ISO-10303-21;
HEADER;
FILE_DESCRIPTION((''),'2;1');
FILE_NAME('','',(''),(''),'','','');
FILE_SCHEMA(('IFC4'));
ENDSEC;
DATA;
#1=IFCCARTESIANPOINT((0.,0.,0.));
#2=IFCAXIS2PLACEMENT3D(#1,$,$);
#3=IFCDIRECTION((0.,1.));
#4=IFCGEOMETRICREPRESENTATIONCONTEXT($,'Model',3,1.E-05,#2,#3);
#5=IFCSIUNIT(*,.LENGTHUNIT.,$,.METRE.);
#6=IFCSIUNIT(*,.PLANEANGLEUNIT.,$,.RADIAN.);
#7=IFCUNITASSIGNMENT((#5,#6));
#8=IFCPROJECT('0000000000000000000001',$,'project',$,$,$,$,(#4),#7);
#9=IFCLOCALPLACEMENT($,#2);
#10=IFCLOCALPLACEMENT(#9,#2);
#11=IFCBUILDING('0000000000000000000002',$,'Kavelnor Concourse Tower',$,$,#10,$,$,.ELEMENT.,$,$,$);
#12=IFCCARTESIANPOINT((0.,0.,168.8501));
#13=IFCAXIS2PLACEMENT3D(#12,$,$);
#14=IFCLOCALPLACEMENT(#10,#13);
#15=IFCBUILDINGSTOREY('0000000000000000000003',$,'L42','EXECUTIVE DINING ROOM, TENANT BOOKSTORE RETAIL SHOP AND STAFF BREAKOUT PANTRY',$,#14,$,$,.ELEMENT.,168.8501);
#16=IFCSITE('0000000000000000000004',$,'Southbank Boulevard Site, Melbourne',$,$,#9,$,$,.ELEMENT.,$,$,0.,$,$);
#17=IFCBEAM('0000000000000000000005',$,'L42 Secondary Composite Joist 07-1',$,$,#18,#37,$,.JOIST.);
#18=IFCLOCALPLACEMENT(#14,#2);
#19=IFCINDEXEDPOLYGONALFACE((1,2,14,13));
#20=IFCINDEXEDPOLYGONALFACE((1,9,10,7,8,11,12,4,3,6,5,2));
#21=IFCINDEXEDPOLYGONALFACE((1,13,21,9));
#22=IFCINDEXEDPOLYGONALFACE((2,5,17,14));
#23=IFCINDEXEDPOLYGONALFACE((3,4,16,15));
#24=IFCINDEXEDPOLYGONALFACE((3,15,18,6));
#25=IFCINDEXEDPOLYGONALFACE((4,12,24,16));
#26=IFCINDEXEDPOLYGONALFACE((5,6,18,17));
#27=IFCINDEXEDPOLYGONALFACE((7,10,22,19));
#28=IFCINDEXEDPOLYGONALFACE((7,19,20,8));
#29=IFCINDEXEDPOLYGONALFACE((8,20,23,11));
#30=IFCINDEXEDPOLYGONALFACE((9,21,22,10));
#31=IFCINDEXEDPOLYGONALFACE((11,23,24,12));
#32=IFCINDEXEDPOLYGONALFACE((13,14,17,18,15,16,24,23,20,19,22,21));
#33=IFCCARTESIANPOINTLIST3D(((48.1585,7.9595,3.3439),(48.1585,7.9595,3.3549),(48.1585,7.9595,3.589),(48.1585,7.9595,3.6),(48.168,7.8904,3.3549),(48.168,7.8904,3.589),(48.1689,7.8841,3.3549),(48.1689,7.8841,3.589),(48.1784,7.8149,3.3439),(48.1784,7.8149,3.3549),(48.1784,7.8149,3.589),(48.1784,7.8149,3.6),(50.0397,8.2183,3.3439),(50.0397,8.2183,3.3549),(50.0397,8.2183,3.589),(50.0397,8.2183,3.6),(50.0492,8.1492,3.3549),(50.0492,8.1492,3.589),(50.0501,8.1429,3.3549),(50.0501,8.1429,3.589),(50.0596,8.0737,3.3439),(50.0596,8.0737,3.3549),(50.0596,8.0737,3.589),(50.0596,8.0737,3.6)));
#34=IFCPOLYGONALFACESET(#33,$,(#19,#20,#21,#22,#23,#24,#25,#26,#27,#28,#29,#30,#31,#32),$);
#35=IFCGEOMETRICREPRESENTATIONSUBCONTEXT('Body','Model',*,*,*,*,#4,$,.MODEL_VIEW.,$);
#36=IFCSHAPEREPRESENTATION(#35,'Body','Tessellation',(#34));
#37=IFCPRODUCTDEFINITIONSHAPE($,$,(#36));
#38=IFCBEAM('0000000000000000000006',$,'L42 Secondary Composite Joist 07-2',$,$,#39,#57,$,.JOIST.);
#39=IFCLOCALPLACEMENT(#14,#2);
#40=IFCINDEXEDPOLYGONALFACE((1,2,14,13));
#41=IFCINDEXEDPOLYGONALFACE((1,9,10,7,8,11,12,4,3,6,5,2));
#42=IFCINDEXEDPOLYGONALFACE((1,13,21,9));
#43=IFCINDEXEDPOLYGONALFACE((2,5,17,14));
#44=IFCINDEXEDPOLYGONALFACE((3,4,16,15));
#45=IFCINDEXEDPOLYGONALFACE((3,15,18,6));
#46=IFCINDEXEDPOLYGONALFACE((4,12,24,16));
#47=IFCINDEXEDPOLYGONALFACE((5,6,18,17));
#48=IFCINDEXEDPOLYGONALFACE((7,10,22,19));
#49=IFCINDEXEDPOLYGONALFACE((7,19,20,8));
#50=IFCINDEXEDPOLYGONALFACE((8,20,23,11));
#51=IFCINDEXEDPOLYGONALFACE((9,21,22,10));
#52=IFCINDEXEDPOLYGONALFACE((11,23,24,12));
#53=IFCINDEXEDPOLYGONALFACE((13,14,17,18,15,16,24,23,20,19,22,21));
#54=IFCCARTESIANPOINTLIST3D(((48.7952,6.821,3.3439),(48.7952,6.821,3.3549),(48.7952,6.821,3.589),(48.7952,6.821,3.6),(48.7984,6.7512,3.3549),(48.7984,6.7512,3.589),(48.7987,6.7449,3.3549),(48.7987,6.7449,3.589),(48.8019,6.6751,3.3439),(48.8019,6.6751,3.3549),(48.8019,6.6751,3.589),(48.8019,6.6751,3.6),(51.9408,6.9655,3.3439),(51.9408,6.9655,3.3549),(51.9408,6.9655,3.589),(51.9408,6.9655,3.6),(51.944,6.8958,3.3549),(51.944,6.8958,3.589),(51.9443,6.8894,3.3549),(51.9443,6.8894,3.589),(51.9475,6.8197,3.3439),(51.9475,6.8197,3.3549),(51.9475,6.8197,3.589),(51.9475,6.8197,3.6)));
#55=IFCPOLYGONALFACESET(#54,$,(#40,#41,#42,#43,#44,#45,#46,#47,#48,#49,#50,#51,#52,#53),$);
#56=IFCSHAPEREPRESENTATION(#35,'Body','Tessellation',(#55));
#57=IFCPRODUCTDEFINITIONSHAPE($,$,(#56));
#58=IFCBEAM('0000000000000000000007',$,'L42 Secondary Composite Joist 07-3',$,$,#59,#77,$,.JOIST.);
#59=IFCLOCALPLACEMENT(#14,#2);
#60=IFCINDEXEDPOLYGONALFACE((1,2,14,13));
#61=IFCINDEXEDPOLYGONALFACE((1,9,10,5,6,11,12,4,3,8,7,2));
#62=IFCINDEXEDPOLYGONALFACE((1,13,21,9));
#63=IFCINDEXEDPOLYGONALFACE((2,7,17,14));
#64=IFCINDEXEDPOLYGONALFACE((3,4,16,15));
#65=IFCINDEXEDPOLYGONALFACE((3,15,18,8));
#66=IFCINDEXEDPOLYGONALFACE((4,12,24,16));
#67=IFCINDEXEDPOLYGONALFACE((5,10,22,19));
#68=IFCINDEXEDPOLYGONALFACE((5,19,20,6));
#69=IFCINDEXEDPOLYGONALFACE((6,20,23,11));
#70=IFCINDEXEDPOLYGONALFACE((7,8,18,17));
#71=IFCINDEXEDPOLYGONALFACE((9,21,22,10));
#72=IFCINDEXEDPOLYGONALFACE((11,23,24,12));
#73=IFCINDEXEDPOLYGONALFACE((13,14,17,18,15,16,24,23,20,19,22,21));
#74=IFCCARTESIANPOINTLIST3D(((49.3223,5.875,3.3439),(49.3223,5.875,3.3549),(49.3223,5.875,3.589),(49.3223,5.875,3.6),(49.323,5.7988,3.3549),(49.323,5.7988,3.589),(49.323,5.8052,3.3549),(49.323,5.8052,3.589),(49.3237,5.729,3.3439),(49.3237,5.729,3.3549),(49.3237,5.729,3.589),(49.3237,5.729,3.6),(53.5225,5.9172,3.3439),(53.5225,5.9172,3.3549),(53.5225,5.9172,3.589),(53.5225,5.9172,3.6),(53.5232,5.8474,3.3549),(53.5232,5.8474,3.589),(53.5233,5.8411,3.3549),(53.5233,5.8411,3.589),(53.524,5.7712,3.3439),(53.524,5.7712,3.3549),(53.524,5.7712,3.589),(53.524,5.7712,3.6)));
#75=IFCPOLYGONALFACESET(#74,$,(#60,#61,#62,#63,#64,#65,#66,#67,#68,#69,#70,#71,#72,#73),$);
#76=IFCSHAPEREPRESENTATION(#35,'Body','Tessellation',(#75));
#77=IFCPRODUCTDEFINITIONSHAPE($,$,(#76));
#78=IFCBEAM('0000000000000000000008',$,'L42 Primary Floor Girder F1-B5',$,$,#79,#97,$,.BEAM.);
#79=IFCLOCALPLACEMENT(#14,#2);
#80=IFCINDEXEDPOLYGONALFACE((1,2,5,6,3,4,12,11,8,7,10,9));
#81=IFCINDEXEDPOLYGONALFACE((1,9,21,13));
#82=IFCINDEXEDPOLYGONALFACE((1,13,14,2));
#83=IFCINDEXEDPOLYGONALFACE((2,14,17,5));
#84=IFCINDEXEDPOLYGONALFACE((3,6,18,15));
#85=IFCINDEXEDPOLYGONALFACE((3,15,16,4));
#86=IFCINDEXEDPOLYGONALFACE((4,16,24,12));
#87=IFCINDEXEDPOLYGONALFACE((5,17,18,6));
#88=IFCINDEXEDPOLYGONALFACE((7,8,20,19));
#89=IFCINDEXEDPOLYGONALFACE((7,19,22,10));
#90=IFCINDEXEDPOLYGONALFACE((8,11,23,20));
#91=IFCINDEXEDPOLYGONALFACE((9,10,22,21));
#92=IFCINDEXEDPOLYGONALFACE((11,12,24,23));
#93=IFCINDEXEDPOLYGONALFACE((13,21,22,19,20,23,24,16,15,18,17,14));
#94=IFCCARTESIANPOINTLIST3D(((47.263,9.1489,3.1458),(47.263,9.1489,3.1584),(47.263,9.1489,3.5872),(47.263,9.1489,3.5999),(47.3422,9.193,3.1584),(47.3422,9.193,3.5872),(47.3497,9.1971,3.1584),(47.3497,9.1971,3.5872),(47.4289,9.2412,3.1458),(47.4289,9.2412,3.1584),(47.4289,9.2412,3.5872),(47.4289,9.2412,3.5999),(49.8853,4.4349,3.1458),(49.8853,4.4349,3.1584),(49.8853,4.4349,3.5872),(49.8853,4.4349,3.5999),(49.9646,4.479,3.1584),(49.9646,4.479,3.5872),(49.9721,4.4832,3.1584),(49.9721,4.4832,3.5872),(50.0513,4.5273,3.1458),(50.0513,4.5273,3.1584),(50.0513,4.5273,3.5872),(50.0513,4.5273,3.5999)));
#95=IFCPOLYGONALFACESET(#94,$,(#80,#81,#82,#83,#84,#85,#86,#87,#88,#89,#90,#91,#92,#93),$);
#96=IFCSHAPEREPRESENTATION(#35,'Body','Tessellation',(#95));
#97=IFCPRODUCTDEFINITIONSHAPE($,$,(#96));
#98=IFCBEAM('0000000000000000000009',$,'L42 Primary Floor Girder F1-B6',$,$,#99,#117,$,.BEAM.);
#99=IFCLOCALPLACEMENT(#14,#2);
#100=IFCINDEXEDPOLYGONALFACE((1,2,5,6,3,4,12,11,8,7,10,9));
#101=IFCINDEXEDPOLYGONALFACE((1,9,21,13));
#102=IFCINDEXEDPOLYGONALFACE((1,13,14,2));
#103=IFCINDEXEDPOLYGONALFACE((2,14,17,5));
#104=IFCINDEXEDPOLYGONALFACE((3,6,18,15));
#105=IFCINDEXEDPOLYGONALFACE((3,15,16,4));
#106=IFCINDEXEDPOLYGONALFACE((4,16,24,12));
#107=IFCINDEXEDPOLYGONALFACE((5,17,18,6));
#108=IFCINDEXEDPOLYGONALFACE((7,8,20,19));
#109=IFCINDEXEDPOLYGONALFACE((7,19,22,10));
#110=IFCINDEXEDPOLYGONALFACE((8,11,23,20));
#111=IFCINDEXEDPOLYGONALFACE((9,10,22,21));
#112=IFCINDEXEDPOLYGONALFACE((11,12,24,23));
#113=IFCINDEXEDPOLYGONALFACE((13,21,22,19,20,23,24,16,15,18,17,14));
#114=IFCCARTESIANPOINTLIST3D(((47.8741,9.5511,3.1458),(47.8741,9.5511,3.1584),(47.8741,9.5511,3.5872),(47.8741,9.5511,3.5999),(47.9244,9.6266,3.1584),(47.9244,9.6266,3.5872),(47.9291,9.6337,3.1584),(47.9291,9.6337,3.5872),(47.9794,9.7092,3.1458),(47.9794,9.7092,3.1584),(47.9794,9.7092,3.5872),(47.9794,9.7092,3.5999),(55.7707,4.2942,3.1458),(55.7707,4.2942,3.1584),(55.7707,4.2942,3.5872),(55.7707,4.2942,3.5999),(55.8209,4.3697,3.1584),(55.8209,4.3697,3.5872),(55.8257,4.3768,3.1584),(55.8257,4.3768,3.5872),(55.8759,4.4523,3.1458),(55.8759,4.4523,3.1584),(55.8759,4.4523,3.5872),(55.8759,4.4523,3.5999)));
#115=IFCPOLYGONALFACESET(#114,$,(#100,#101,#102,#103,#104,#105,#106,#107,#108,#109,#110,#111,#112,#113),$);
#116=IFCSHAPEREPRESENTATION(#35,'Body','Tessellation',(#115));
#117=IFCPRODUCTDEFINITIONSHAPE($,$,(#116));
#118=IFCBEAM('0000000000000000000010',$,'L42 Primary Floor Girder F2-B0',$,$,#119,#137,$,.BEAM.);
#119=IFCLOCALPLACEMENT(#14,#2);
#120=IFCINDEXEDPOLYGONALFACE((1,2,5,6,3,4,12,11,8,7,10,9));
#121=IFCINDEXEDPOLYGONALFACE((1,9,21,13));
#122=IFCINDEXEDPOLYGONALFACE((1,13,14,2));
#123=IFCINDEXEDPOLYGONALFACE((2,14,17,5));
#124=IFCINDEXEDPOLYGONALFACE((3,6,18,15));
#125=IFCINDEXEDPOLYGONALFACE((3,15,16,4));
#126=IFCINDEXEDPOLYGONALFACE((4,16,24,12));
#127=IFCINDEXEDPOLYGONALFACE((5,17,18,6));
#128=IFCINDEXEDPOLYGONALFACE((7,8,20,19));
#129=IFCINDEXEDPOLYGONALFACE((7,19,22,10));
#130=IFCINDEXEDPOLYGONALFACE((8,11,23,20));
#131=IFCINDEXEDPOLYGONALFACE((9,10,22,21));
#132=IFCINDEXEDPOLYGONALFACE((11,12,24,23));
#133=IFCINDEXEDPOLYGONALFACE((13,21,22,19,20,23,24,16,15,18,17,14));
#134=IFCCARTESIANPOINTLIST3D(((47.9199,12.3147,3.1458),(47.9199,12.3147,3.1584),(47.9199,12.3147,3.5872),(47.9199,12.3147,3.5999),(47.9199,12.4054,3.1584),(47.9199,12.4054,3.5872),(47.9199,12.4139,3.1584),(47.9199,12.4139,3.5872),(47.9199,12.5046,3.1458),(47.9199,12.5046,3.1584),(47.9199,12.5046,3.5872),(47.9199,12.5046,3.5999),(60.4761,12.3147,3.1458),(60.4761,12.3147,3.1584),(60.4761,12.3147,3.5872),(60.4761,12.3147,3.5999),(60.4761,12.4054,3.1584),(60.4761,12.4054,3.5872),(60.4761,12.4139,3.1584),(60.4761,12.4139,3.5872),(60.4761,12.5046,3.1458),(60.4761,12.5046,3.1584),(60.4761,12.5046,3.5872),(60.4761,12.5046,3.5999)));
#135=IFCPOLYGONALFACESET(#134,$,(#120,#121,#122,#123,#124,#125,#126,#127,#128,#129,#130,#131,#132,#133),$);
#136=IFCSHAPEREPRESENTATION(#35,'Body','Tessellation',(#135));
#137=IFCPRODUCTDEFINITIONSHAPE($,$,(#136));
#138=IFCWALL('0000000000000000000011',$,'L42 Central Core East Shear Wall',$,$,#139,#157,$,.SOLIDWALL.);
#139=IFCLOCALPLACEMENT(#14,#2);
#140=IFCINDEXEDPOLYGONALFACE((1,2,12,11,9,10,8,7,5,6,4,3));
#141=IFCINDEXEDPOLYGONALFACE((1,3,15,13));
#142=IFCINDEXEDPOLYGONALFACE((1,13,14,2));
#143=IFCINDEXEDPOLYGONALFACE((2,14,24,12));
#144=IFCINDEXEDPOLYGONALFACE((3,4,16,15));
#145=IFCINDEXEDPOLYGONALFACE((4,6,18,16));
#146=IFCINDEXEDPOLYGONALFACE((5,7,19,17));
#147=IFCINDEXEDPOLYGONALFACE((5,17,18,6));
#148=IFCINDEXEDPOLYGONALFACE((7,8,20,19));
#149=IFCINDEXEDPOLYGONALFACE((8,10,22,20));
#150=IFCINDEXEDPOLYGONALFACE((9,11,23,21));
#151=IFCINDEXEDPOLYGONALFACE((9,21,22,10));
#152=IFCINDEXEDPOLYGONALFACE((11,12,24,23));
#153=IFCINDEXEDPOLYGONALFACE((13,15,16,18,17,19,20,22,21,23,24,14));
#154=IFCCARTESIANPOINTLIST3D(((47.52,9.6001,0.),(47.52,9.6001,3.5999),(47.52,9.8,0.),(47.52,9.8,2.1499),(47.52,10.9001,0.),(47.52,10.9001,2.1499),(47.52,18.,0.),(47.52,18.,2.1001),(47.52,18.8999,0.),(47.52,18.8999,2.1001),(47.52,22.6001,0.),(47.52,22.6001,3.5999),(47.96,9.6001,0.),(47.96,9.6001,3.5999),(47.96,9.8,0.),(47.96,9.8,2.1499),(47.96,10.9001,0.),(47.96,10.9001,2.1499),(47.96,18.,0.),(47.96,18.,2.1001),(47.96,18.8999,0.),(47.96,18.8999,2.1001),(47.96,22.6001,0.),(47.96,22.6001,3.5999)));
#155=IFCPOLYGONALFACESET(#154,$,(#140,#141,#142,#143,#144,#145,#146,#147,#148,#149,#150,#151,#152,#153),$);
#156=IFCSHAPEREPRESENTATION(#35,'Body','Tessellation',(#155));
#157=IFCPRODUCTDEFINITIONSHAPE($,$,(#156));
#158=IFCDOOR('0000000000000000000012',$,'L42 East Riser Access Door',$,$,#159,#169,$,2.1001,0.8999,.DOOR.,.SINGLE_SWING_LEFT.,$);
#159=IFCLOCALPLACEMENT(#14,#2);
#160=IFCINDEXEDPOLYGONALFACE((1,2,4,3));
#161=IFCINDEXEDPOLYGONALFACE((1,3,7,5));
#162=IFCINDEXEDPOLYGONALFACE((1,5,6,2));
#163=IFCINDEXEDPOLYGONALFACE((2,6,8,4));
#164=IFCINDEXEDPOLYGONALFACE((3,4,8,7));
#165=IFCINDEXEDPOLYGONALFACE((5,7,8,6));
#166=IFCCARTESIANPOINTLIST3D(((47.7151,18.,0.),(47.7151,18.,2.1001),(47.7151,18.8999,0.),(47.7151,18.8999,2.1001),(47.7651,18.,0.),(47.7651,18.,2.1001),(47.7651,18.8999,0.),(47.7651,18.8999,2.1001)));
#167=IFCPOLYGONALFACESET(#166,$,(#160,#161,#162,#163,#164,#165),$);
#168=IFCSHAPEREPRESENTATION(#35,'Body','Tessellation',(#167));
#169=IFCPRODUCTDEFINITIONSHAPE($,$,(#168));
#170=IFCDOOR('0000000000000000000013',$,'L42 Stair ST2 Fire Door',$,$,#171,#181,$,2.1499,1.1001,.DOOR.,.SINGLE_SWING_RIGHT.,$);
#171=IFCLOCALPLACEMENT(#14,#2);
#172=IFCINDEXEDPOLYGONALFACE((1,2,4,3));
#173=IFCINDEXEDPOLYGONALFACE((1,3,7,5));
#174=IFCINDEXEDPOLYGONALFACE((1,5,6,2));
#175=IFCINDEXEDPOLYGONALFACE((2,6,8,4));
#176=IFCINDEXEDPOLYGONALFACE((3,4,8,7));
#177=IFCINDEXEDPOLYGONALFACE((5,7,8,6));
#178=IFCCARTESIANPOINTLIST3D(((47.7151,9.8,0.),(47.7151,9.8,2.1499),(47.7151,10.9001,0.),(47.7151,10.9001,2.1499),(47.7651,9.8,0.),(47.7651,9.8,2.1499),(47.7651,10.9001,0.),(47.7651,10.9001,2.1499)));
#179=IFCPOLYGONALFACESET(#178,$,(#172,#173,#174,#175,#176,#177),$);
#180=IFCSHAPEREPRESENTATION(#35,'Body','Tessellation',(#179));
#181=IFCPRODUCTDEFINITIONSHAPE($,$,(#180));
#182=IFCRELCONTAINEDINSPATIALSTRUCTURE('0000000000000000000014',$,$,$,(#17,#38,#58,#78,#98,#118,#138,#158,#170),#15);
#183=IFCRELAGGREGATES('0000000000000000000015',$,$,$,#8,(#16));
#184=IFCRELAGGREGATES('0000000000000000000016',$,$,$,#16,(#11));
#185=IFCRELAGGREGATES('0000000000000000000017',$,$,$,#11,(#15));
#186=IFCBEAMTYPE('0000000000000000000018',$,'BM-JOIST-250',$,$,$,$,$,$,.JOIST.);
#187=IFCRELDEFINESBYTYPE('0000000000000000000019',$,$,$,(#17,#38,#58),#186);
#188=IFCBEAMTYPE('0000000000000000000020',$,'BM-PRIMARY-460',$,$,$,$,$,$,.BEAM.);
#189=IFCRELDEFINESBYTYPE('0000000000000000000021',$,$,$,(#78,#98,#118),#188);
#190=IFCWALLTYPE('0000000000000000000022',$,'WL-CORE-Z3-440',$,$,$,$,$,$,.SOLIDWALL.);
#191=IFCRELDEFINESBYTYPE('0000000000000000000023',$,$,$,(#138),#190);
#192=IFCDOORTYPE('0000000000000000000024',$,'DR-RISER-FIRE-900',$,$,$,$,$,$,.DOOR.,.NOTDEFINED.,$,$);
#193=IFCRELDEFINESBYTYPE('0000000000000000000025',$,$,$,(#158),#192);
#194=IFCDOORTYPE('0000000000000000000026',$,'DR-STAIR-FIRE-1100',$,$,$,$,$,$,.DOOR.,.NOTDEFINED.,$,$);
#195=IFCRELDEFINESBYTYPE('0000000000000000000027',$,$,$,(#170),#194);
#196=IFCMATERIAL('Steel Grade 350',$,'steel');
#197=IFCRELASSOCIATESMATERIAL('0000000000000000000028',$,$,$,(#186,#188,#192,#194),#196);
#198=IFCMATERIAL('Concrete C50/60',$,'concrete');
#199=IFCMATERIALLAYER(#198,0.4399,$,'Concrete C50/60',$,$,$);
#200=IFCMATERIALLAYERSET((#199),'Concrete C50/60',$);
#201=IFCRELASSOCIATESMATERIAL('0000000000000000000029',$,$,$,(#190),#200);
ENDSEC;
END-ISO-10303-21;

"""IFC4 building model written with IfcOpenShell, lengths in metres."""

from ifc_helpers import new_model, si_unit, direction, frame, frame_2d, origin, origin_2d, place, context, subcontext, project, spatial, rectangle, i_section, extrude, material, layer, layer_set, material_profile, profile_set, type_object, element, fill, save


model = new_model("IFC4")

# Units and contexts
model_context = context("Model", 3, precision=1e-05, world=origin(), true_north=direction((0.0, 1.0)))
body_context = subcontext(model_context, "Body", "Model", "MODEL_VIEW")
ifc_project = project(units=[si_unit("LENGTHUNIT", "METRE"), si_unit("PLANEANGLEUNIT", "RADIAN")], contexts=[model_context])

# Site, building, storey
site_placement = place(None, origin())
site = spatial("IfcSite", under=ifc_project, at=site_placement, Name="Southbank Boulevard Site, Melbourne", CompositionType="ELEMENT", RefElevation=0.0)
building_placement = place(site_placement, origin())
building = spatial("IfcBuilding", under=site, at=building_placement, Name="Kavelnor Concourse Tower", CompositionType="ELEMENT")
storey_placement = place(building_placement, frame((0.0, 0.0, 168.8501)))
storey = spatial("IfcBuildingStorey", under=building, at=storey_placement, Name="L42", Description="EXECUTIVE DINING ROOM, TENANT BOOKSTORE RETAIL SHOP AND STAFF BREAKOUT PANTRY", CompositionType="ELEMENT", Elevation=168.8501)

# Beams
ifc_material_1 = material(Name="Steel Grade 350", Category="steel")
ifc_material_profile_1 = material_profile(ifc_material_1, i_section(OverallWidth=0.146, OverallDepth=0.2561, WebThickness=0.0063, FlangeThickness=0.011, at=origin_2d()), Name="250UB37")
ifc_profile_set_1 = profile_set([ifc_material_profile_1], Name="Steel Grade 350")
beam_type_1 = type_object("IfcBeamType", Name="BM-JOIST-250", PredefinedType="JOIST", material=ifc_profile_set_1)
beam_1_placement = place(storey_placement, frame((48.1685, 7.8872, 3.4719), z_axis=(0.990669, 0.136289, 0.0), x_axis=(-0.136289, 0.990669, 0.0)))
element("IfcBeam", 1, at=beam_1_placement, inside=storey, type_object=beam_type_1, Name="L42 Secondary Composite Joist 07-1", PredefinedType="JOIST", context=body_context, shape_type="SweptSolid", body=[
    extrude(i_section(OverallWidth=0.146, OverallDepth=0.2561, WebThickness=0.0063, FlangeThickness=0.011, at=origin_2d()), origin(), (0.0, 0.0, 1.0), 1.8989),
])
beam_2_placement = place(storey_placement, frame((48.7986, 6.748, 3.4719), z_axis=(0.998946, 0.0459, 0.0), x_axis=(-0.0459, 0.998946, 0.0)))
element("IfcBeam", 2, at=beam_2_placement, inside=storey, type_object=beam_type_1, Name="L42 Secondary Composite Joist 07-2", PredefinedType="JOIST", context=body_context, shape_type="SweptSolid", body=[
    extrude(i_section(OverallWidth=0.146, OverallDepth=0.2561, WebThickness=0.0063, FlangeThickness=0.011, at=origin_2d()), origin(), (0.0, 0.0, 1.0), 3.1489),
])
beam_3_placement = place(storey_placement, frame((49.323, 5.802, 3.4719), z_axis=(0.999949, 0.010055, 0.0), x_axis=(-0.010055, 0.999949, 0.0)))
element("IfcBeam", 3, at=beam_3_placement, inside=storey, type_object=beam_type_1, Name="L42 Secondary Composite Joist 07-3", PredefinedType="JOIST", context=body_context, shape_type="SweptSolid", body=[
    extrude(i_section(OverallWidth=0.146, OverallDepth=0.2561, WebThickness=0.0063, FlangeThickness=0.011, at=origin_2d()), origin(), (0.0, 0.0, 1.0), 4.2004),
])
ifc_material_profile_2 = material_profile(ifc_material_1, i_section(OverallWidth=0.1899, OverallDepth=0.4541, WebThickness=0.0085, FlangeThickness=0.0127, at=origin_2d()), Name="460UB67")
ifc_profile_set_2 = profile_set([ifc_material_profile_2], Name="Steel Grade 350")
beam_type_2 = type_object("IfcBeamType", Name="BM-PRIMARY-460", PredefinedType="BEAM", material=ifc_profile_set_2)
beam_4_placement = place(storey_placement, frame((47.3459, 9.1951, 3.3728), z_axis=(0.486139, -0.873882, 0.0), x_axis=(0.873882, 0.486139, 0.0)))
element("IfcBeam", 4, at=beam_4_placement, inside=storey, type_object=beam_type_2, Name="L42 Primary Floor Girder F1-B5", PredefinedType="BEAM", context=body_context, shape_type="SweptSolid", body=[
    extrude(i_section(OverallWidth=0.1899, OverallDepth=0.4541, WebThickness=0.0085, FlangeThickness=0.0127, at=origin_2d()), origin(), (0.0, 0.0, 1.0), 5.3943),
])
beam_5_placement = place(storey_placement, frame((47.9268, 9.6301, 3.3728), z_axis=(0.832414, -0.554154, 0.0), x_axis=(0.554154, 0.832414, 0.0)))
element("IfcBeam", 5, at=beam_5_placement, inside=storey, type_object=beam_type_2, Name="L42 Primary Floor Girder F1-B6", PredefinedType="BEAM", context=body_context, shape_type="SweptSolid", body=[
    extrude(i_section(OverallWidth=0.1899, OverallDepth=0.4541, WebThickness=0.0085, FlangeThickness=0.0127, at=origin_2d()), origin(), (0.0, 0.0, 1.0), 9.4863),
])
beam_6_placement = place(storey_placement, frame((47.9199, 12.4097, 3.3728), z_axis=(1.0, 0.0, 0.0), x_axis=(0.0, 1.0, 0.0)))
element("IfcBeam", 6, at=beam_6_placement, inside=storey, type_object=beam_type_2, Name="L42 Primary Floor Girder F2-B0", PredefinedType="BEAM", context=body_context, shape_type="SweptSolid", body=[
    extrude(i_section(OverallWidth=0.1899, OverallDepth=0.4541, WebThickness=0.0085, FlangeThickness=0.0127, at=origin_2d()), origin(), (0.0, 0.0, 1.0), 12.5562),
])

# Wall, openings, doors
ifc_material_2 = material(Name="Concrete C50/60", Category="concrete")
ifc_layer_1 = layer(ifc_material_2, 0.4399, Name="Concrete C50/60")
ifc_layer_set_1 = layer_set([ifc_layer_1], Name="Concrete C50/60")
wall_type_1 = type_object("IfcWallType", Name="WL-CORE-Z3-440", PredefinedType="SOLIDWALL", material=ifc_layer_set_1)
wall_1_placement = place(storey_placement, frame((47.74, 9.6001, 0.0), z_axis=(0.0, 0.0, 1.0), x_axis=(0.0, 1.0, 0.0)))
wall_1 = element("IfcWall", 7, at=wall_1_placement, inside=storey, type_object=wall_type_1, Name="L42 Central Core East Shear Wall", PredefinedType="SOLIDWALL", context=body_context, shape_type="SweptSolid", body=[
    extrude(rectangle(XDim=13.0, YDim=0.4399, at=frame_2d((6.5, 0.0))), origin(), (0.0, 0.0, 1.0), 3.5999),
])
opening_1_placement = place(wall_1_placement, frame((0.2, 0.0, 0.0)))
opening_1 = element("IfcOpeningElement", 8, at=opening_1_placement, cuts=wall_1, PredefinedType="OPENING", context=body_context, shape_type="SweptSolid", body=[
    extrude(rectangle(XDim=1.1001, YDim=2.1499, at=frame_2d((0.55, 1.075))), frame((0.0, 0.23, 0.0), z_axis=(0.0, -1.0, 0.0), x_axis=(1.0, 0.0, 0.0)), (0.0, 0.0, 1.0), 0.46),
])
opening_2_placement = place(wall_1_placement, frame((8.3999, 0.0, 0.0)))
opening_2 = element("IfcOpeningElement", 9, at=opening_2_placement, cuts=wall_1, PredefinedType="OPENING", context=body_context, shape_type="SweptSolid", body=[
    extrude(rectangle(XDim=0.8999, YDim=2.1001, at=frame_2d((0.45, 1.05))), frame((0.0, 0.23, 0.0), z_axis=(0.0, -1.0, 0.0), x_axis=(1.0, 0.0, 0.0)), (0.0, 0.0, 1.0), 0.46),
])
door_type_1 = type_object("IfcDoorType", Name="DR-RISER-FIRE-900", OperationType="NOTDEFINED", PredefinedType="DOOR", material=ifc_material_1)
door_1_placement = place(opening_2_placement, origin())
door_1 = element("IfcDoor", 10, at=door_1_placement, inside=storey, type_object=door_type_1, Name="L42 East Riser Access Door", OperationType="SINGLE_SWING_LEFT", OverallHeight=2.1001, OverallWidth=0.8999, PredefinedType="DOOR", context=body_context, shape_type="SweptSolid", body=[
    extrude(rectangle(XDim=0.8999, YDim=2.1001, at=frame_2d((0.45, 1.05))), frame((0.0, 0.0249, 0.0), z_axis=(0.0, -1.0, 0.0), x_axis=(1.0, 0.0, 0.0)), (0.0, 0.0, 1.0), 0.05),
])
fill(opening_2, door_1)
door_type_2 = type_object("IfcDoorType", Name="DR-STAIR-FIRE-1100", OperationType="NOTDEFINED", PredefinedType="DOOR", material=ifc_material_1)
door_2_placement = place(opening_1_placement, origin())
door_2 = element("IfcDoor", 11, at=door_2_placement, inside=storey, type_object=door_type_2, Name="L42 Stair ST2 Fire Door", OperationType="SINGLE_SWING_RIGHT", OverallHeight=2.1499, OverallWidth=1.1001, PredefinedType="DOOR", context=body_context, shape_type="SweptSolid", body=[
    extrude(rectangle(XDim=1.1001, YDim=2.1499, at=frame_2d((0.55, 1.075))), frame((0.0, 0.0249, 0.0), z_axis=(0.0, -1.0, 0.0), x_axis=(1.0, 0.0, 0.0)), (0.0, 0.0, 1.0), 0.05),
])
fill(opening_1, door_2)

save(model, "model.ifc")
